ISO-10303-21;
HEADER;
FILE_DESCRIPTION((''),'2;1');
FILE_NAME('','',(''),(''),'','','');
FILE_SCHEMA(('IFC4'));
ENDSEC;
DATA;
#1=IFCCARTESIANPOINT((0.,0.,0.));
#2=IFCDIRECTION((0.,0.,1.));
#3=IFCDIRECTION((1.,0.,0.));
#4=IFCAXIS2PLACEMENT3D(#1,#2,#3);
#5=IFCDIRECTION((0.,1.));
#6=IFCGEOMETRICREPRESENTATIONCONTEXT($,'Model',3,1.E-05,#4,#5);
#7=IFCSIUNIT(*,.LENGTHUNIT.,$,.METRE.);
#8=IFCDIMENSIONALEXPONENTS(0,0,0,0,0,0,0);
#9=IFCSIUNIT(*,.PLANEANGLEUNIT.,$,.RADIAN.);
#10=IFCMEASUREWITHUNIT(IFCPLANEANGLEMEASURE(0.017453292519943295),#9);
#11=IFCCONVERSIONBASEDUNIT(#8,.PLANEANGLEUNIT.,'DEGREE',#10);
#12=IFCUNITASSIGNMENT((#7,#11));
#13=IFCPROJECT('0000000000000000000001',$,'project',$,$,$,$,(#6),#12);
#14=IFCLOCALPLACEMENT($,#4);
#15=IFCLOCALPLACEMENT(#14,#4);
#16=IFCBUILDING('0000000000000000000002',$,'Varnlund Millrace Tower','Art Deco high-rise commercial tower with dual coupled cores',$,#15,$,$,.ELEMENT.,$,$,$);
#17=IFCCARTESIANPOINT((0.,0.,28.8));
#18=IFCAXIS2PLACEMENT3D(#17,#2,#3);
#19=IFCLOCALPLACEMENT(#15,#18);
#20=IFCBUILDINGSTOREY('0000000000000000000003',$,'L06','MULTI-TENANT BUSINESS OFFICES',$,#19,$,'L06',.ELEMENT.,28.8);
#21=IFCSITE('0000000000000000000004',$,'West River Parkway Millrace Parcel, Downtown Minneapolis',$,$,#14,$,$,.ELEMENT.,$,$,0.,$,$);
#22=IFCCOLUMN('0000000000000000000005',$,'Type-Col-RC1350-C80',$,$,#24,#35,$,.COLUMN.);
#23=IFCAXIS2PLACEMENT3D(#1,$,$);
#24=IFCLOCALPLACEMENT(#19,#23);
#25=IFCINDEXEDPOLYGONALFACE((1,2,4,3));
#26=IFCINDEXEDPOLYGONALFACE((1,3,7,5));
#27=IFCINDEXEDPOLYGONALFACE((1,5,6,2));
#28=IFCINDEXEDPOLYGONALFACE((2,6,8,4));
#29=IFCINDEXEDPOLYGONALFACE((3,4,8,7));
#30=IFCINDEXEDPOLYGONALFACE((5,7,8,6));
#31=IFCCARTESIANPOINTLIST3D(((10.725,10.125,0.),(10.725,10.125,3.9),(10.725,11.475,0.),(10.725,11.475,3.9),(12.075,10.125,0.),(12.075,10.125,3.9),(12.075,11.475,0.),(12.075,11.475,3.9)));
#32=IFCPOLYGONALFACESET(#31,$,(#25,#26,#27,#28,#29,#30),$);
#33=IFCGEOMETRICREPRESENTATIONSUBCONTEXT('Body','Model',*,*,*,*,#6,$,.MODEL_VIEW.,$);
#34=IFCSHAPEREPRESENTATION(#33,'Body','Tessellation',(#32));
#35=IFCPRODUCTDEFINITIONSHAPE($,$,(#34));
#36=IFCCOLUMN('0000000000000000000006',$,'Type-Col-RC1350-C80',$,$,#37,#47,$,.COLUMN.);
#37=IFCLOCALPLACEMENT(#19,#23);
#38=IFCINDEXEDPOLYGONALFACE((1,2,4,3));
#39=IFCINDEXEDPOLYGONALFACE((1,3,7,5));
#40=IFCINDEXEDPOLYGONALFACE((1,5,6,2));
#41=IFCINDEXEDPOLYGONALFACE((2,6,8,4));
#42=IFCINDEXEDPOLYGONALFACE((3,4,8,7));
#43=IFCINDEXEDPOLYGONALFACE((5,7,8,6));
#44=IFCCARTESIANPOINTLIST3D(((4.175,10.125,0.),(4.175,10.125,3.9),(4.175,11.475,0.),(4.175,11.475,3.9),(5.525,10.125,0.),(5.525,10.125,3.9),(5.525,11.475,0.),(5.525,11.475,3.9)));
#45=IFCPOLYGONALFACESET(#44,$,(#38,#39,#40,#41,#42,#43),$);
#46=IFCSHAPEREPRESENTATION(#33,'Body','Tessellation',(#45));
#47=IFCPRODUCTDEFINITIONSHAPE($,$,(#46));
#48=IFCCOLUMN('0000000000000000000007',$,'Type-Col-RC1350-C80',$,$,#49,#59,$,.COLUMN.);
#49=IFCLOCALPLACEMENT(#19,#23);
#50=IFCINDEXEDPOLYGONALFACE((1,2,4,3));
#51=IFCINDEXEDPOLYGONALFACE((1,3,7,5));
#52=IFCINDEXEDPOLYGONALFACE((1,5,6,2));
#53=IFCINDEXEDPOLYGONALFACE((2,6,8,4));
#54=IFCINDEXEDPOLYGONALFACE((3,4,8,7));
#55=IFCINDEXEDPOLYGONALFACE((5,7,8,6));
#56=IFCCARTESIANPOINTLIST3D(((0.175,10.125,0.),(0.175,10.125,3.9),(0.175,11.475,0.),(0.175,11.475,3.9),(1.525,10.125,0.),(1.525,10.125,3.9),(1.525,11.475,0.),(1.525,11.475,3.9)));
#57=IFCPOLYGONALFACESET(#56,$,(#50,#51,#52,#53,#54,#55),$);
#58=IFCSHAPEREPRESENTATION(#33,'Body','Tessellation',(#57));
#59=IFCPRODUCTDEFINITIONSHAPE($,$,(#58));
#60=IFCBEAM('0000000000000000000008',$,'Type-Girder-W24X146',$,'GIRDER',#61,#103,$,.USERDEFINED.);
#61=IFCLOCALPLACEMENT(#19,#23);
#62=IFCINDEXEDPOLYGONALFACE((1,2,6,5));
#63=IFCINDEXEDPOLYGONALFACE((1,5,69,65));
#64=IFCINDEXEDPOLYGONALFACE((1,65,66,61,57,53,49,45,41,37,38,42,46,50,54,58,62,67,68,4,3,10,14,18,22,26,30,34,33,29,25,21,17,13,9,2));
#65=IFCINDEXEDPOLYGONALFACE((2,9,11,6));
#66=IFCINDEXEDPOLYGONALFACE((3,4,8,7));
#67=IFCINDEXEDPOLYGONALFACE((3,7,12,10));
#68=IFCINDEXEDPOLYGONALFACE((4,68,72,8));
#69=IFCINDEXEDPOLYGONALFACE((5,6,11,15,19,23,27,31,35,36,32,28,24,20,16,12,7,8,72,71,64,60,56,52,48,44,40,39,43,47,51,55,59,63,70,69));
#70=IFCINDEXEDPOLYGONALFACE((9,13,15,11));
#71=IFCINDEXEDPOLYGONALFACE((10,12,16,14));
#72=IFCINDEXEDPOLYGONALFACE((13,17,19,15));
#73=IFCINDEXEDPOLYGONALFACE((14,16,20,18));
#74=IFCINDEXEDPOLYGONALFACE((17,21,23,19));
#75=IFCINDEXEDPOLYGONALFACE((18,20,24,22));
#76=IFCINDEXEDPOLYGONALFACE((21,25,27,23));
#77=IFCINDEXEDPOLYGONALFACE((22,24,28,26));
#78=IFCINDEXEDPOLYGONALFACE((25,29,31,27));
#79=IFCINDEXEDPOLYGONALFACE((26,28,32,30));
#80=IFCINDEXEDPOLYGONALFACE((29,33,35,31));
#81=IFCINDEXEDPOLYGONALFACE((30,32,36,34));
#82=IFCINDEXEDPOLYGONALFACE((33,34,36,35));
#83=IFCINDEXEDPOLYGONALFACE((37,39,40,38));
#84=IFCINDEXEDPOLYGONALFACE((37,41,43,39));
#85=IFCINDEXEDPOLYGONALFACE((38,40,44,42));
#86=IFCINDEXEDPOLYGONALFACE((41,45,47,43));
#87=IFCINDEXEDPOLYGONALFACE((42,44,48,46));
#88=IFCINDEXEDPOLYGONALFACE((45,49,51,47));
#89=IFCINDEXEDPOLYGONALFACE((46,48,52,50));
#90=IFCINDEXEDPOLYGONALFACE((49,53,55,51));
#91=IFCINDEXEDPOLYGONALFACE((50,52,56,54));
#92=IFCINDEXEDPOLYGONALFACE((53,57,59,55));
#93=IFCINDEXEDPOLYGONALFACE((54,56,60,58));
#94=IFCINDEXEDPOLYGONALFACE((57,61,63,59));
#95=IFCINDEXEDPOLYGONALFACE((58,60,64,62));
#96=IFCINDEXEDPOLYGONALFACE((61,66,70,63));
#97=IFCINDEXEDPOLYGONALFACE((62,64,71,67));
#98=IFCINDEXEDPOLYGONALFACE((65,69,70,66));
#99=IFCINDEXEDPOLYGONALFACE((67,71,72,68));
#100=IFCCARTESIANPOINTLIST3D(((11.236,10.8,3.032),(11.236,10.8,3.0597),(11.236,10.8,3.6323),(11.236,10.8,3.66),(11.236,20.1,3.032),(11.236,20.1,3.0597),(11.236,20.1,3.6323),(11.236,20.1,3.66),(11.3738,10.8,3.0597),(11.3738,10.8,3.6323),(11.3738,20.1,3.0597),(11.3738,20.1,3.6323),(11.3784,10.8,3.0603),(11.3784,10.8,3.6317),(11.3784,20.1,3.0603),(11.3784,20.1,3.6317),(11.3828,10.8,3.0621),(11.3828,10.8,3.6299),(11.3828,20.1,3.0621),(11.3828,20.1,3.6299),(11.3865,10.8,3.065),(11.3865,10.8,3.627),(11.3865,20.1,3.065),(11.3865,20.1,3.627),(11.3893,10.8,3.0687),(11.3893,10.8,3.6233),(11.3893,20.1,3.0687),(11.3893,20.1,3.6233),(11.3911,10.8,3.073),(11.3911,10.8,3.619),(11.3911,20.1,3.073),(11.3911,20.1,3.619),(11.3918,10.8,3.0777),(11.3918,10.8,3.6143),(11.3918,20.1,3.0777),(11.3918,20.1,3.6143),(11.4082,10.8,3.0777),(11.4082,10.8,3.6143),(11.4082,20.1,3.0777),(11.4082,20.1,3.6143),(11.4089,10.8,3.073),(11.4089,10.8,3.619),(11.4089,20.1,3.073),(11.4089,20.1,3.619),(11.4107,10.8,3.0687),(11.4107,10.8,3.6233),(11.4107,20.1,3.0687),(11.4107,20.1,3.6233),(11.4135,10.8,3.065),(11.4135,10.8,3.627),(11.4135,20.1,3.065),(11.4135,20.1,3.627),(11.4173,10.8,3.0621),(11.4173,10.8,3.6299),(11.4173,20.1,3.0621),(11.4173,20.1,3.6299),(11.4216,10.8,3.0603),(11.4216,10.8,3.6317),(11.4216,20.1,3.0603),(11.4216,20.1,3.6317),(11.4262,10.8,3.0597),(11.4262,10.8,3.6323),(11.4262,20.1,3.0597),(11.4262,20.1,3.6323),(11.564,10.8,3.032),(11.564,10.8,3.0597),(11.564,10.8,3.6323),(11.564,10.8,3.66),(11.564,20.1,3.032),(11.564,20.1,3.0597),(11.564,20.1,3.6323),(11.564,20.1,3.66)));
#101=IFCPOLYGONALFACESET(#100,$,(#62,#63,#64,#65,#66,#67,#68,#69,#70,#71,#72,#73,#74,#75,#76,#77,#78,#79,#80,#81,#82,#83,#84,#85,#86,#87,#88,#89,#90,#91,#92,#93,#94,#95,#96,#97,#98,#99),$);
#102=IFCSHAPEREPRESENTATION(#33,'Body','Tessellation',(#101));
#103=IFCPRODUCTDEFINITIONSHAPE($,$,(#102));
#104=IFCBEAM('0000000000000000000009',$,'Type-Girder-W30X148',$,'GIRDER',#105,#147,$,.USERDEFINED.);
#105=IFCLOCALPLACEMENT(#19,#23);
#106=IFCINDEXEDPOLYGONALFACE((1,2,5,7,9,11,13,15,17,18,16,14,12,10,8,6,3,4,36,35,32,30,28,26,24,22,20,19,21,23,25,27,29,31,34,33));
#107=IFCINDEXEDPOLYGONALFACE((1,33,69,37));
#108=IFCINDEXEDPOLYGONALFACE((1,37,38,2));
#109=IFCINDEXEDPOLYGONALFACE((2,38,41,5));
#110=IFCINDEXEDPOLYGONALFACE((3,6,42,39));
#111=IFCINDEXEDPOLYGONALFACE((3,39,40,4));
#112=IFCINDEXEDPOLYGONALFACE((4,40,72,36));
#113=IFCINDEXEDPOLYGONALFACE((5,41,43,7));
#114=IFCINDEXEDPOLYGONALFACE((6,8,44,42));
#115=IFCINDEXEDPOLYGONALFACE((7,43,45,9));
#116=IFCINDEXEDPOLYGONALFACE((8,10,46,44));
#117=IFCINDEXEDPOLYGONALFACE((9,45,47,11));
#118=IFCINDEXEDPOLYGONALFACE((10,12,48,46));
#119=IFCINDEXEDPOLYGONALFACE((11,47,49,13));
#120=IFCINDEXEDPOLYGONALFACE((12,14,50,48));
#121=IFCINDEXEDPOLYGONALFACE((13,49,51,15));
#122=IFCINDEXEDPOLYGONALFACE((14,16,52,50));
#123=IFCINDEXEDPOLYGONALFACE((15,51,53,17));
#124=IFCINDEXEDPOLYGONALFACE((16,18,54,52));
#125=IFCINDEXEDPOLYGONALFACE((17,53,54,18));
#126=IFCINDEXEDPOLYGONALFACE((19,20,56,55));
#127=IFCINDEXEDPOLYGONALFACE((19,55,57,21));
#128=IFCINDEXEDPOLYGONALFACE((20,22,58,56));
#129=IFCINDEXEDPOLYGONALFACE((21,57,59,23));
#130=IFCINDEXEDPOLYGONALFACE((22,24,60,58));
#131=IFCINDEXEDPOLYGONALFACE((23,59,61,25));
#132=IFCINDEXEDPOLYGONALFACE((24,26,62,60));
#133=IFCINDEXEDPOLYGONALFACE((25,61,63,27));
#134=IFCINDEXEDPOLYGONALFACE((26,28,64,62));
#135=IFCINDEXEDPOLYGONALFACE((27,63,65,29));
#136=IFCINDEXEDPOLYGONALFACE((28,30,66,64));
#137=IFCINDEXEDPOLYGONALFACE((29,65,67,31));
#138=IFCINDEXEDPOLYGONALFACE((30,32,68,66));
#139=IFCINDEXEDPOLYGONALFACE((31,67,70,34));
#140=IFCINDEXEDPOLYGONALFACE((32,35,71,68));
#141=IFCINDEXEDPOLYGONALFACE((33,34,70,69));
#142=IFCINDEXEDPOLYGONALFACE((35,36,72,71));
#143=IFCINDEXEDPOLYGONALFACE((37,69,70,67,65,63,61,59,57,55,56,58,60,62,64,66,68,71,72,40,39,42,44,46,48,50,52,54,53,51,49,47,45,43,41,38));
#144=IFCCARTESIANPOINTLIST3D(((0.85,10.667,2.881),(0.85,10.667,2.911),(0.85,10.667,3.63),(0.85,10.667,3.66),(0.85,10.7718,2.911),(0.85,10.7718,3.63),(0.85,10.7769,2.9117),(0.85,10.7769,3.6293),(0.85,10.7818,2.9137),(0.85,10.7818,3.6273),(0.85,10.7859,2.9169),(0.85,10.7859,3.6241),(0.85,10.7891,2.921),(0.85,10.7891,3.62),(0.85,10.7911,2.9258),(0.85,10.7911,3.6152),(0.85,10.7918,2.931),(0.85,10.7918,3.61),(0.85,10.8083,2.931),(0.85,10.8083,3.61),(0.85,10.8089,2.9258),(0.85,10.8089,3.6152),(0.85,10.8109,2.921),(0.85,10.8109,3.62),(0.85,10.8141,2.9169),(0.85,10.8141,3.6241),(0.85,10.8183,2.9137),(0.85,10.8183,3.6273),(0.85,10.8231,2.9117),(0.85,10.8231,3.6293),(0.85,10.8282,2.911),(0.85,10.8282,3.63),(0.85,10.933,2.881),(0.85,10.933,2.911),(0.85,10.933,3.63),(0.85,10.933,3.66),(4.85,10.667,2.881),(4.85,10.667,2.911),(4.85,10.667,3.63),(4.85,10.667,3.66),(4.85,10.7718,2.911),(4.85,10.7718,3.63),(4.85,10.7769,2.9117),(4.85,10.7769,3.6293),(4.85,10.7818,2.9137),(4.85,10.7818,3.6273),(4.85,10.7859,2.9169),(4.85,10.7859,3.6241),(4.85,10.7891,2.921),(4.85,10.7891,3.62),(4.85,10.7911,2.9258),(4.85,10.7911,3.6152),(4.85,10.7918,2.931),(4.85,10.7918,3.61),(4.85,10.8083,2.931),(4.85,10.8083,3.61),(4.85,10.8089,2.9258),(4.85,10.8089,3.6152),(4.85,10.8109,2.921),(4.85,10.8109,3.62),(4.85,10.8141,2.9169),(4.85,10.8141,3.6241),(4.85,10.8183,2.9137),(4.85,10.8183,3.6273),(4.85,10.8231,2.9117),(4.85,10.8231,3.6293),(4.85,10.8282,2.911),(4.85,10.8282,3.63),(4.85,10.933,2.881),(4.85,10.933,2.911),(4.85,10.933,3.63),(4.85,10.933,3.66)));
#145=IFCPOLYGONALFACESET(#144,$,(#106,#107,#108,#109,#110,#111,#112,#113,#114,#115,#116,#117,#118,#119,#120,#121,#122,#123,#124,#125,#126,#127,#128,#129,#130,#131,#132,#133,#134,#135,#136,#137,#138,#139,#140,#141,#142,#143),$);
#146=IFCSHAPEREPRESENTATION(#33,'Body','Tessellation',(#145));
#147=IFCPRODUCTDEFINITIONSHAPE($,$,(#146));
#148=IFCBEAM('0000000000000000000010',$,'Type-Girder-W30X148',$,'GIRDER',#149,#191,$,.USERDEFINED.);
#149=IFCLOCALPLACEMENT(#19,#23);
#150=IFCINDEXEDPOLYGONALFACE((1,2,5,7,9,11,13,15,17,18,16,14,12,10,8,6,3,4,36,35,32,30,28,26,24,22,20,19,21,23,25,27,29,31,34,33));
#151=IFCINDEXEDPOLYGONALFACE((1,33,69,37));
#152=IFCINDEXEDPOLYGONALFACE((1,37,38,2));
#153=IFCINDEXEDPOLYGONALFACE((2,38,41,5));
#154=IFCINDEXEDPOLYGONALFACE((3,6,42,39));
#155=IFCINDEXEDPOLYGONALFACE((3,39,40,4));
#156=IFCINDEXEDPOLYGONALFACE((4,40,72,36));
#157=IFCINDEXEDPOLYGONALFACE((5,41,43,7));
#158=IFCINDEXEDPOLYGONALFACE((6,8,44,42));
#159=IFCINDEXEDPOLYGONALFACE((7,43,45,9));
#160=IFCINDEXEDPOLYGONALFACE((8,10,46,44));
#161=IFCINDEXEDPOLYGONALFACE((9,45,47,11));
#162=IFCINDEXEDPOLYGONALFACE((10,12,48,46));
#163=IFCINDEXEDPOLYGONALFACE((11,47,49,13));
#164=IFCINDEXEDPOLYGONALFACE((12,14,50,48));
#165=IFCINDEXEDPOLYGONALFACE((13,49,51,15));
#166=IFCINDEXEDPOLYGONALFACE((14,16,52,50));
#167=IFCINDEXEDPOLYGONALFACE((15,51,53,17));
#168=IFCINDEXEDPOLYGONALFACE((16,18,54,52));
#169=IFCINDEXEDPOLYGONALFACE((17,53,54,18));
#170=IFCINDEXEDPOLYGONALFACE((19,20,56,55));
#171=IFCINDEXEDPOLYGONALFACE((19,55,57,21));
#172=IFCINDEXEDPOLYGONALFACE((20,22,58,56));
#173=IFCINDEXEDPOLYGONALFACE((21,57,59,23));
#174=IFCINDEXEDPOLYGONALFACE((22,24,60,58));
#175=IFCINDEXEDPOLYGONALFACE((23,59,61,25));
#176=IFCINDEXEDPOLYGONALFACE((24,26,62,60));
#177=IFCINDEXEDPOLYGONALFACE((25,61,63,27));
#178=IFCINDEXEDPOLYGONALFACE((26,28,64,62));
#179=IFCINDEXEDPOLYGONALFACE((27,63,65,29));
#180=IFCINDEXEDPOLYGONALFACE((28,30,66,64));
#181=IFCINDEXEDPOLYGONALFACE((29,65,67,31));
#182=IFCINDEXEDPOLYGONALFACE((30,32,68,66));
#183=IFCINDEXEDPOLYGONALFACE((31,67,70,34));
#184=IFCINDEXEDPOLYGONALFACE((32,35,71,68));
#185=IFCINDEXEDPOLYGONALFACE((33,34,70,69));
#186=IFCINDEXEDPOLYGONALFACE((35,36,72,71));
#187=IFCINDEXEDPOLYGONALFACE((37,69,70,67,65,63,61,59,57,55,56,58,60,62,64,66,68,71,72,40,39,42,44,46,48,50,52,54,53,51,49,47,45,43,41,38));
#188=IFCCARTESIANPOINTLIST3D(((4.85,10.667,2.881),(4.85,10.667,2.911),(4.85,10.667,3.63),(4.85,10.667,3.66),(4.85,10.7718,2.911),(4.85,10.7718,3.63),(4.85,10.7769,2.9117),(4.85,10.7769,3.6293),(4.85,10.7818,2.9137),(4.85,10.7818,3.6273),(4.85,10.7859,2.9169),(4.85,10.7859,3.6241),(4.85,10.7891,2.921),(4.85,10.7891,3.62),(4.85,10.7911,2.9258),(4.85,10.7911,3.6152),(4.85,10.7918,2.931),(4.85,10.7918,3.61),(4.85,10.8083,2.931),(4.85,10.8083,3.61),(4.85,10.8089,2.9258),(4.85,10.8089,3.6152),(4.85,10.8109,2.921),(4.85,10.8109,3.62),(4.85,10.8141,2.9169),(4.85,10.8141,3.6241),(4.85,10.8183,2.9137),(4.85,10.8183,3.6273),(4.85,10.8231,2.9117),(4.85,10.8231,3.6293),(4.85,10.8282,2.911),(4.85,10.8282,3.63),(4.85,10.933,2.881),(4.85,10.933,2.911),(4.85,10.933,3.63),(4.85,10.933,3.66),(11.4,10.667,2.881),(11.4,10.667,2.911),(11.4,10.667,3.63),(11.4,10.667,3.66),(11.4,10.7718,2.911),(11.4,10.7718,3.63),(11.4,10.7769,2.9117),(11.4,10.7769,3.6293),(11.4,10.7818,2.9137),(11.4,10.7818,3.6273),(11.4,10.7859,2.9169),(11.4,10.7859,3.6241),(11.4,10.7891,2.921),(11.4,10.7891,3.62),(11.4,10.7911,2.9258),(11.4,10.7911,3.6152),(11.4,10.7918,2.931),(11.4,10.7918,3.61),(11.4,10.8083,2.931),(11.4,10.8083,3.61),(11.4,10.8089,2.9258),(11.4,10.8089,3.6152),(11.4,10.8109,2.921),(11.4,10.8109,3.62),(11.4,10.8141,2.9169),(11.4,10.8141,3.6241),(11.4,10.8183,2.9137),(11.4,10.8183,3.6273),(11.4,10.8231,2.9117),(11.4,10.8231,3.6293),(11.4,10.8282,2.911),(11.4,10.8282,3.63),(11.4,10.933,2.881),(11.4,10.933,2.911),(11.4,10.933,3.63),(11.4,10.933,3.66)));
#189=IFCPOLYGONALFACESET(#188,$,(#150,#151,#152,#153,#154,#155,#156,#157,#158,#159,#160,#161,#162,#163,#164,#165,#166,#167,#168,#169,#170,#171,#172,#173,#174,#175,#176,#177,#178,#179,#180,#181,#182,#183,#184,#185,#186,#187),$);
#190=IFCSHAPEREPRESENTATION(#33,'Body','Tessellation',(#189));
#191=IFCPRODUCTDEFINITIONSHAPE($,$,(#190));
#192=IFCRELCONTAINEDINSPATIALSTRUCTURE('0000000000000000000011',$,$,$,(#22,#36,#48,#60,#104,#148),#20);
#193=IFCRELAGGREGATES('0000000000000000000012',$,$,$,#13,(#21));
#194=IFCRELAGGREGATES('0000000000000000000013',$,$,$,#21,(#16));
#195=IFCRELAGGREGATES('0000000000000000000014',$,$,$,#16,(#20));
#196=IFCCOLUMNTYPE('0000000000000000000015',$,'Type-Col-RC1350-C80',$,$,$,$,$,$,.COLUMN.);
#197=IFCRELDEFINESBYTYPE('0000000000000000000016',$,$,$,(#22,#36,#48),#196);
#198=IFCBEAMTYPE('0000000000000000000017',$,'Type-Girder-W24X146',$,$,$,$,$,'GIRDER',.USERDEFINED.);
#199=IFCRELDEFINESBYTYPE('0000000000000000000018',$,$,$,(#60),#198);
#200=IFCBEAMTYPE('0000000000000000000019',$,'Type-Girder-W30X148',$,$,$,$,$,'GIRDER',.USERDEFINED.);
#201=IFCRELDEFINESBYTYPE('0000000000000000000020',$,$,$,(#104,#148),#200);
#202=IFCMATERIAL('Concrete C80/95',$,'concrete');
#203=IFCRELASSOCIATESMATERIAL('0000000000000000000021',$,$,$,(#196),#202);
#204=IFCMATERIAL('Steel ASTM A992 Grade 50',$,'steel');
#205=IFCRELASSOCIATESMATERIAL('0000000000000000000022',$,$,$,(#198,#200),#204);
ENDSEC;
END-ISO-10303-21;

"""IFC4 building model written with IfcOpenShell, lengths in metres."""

from ifc_helpers import new_model, entity, si_unit, converted_unit, direction, frame, origin_with_axes, origin_2d_with_axis, place, context, subcontext, project, spatial, rectangle, i_section, extrude, material, material_profile, profile_set, type_object, element, save


model = new_model("IFC4")

# Units and contexts
model_context = context("Model", 3, precision=1e-05, world=origin_with_axes(), true_north=direction((0.0, 1.0)))
body_context = subcontext(model_context, "Body", "Model", "MODEL_VIEW")
ifc_project = project(units=[si_unit("LENGTHUNIT", "METRE"), converted_unit("PLANEANGLEUNIT", "DEGREE", entity("IfcPlaneAngleMeasure", 0.017453292519943295), si_unit("PLANEANGLEUNIT", "RADIAN"), dimensions=[0, 0, 0, 0, 0, 0, 0])], contexts=[model_context])

# Site, building, storey
site_placement = place(None, origin_with_axes())
site = spatial("IfcSite", under=ifc_project, at=site_placement, Name="West River Parkway Millrace Parcel, Downtown Minneapolis", CompositionType="ELEMENT", RefElevation=0.0)
building_placement = place(site_placement, origin_with_axes())
building = spatial("IfcBuilding", under=site, at=building_placement, Name="Varnlund Millrace Tower", Description="Art Deco high-rise commercial tower with dual coupled cores", CompositionType="ELEMENT")
storey_placement = place(building_placement, frame((0.0, 0.0, 28.8), z_axis=(0.0, 0.0, 1.0), x_axis=(1.0, 0.0, 0.0)))
storey = spatial("IfcBuildingStorey", under=building, at=storey_placement, Name="L06", Description="MULTI-TENANT BUSINESS OFFICES", LongName="L06", CompositionType="ELEMENT", Elevation=28.8)

# Columns
ifc_material_1 = material(Name="Concrete C80/95", Category="concrete")
ifc_material_profile_1 = material_profile(ifc_material_1, rectangle(XDim=1.35, YDim=1.35, at=origin_2d_with_axis()), Name="Concrete C80/95")
ifc_profile_set_1 = profile_set([ifc_material_profile_1], Name="Concrete C80/95")
column_type = type_object("IfcColumnType", Name="Type-Col-RC1350-C80", PredefinedType="COLUMN", material=ifc_profile_set_1)
for number, where, z_axis, x_axis, name in (
    (1, (11.4, 10.8, 0.0), (0.0, 0.0, 1.0), (1.0, 0.0, 0.0), "Type-Col-RC1350-C80"),
    (2, (4.85, 10.8, 0.0), (0.0, 0.0, 1.0), (1.0, 0.0, 0.0), "Type-Col-RC1350-C80"),
    (3, (0.85, 10.8, 0.0), (0.0, 0.0, 1.0), (1.0, 0.0, 0.0), "Type-Col-RC1350-C80"),
):
    element("IfcColumn", number, at=place(storey_placement, frame(where, z_axis=z_axis, x_axis=x_axis)), inside=storey, type_object=column_type, Name=name, PredefinedType="COLUMN", context=body_context, shape_type="SweptSolid", body=[
        extrude(rectangle(XDim=1.35, YDim=1.35, at=origin_2d_with_axis()), origin_with_axes(), (0.0, 0.0, 1.0), 3.9),
    ])

# Beams
ifc_material_2 = material(Name="Steel ASTM A992 Grade 50", Category="steel")
ifc_material_profile_2 = material_profile(ifc_material_2, i_section(OverallWidth=0.328, OverallDepth=0.628, WebThickness=0.0165, FlangeThickness=0.0277, FilletRadius=0.018, at=origin_2d_with_axis()), Name="Steel ASTM A992 Grade 50")
ifc_profile_set_2 = profile_set([ifc_material_profile_2], Name="Steel ASTM A992 Grade 50")
beam_type_1 = type_object("IfcBeamType", Name="Type-Girder-W24X146", ElementType="GIRDER", PredefinedType="USERDEFINED", material=ifc_profile_set_2)
beam_1_placement = place(storey_placement, frame((11.4, 10.8, 3.346), z_axis=(0.0, 1.0, 0.0), x_axis=(-1.0, 0.0, 0.0)))
element("IfcBeam", 4, at=beam_1_placement, inside=storey, type_object=beam_type_1, Name="Type-Girder-W24X146", ObjectType="GIRDER", PredefinedType="USERDEFINED", context=body_context, shape_type="SweptSolid", body=[
    extrude(i_section(OverallWidth=0.328, OverallDepth=0.628, WebThickness=0.0165, FlangeThickness=0.0277, FilletRadius=0.018, at=origin_2d_with_axis()), origin_with_axes(), (0.0, 0.0, 1.0), 9.3),
])
ifc_material_profile_3 = material_profile(ifc_material_2, i_section(OverallWidth=0.266, OverallDepth=0.779, WebThickness=0.0165, FlangeThickness=0.03, FilletRadius=0.02, at=origin_2d_with_axis()), Name="Steel ASTM A992 Grade 50")
ifc_profile_set_3 = profile_set([ifc_material_profile_3], Name="Steel ASTM A992 Grade 50")
beam_type_2 = type_object("IfcBeamType", Name="Type-Girder-W30X148", ElementType="GIRDER", PredefinedType="USERDEFINED", material=ifc_profile_set_3)
beam_2_placement = place(storey_placement, frame((0.85, 10.8, 3.2705), z_axis=(1.0, 0.0, 0.0), x_axis=(0.0, 1.0, 0.0)))
element("IfcBeam", 5, at=beam_2_placement, inside=storey, type_object=beam_type_2, Name="Type-Girder-W30X148", ObjectType="GIRDER", PredefinedType="USERDEFINED", context=body_context, shape_type="SweptSolid", body=[
    extrude(i_section(OverallWidth=0.266, OverallDepth=0.779, WebThickness=0.0165, FlangeThickness=0.03, FilletRadius=0.02, at=origin_2d_with_axis()), origin_with_axes(), (0.0, 0.0, 1.0), 4.0),
])
beam_3_placement = place(storey_placement, frame((4.85, 10.8, 3.2705), z_axis=(1.0, 0.0, 0.0), x_axis=(0.0, 1.0, 0.0)))
element("IfcBeam", 6, at=beam_3_placement, inside=storey, type_object=beam_type_2, Name="Type-Girder-W30X148", ObjectType="GIRDER", PredefinedType="USERDEFINED", context=body_context, shape_type="SweptSolid", body=[
    extrude(i_section(OverallWidth=0.266, OverallDepth=0.779, WebThickness=0.0165, FlangeThickness=0.03, FilletRadius=0.02, at=origin_2d_with_axis()), origin_with_axes(), (0.0, 0.0, 1.0), 6.55),
])

save(model, "model.ifc")
